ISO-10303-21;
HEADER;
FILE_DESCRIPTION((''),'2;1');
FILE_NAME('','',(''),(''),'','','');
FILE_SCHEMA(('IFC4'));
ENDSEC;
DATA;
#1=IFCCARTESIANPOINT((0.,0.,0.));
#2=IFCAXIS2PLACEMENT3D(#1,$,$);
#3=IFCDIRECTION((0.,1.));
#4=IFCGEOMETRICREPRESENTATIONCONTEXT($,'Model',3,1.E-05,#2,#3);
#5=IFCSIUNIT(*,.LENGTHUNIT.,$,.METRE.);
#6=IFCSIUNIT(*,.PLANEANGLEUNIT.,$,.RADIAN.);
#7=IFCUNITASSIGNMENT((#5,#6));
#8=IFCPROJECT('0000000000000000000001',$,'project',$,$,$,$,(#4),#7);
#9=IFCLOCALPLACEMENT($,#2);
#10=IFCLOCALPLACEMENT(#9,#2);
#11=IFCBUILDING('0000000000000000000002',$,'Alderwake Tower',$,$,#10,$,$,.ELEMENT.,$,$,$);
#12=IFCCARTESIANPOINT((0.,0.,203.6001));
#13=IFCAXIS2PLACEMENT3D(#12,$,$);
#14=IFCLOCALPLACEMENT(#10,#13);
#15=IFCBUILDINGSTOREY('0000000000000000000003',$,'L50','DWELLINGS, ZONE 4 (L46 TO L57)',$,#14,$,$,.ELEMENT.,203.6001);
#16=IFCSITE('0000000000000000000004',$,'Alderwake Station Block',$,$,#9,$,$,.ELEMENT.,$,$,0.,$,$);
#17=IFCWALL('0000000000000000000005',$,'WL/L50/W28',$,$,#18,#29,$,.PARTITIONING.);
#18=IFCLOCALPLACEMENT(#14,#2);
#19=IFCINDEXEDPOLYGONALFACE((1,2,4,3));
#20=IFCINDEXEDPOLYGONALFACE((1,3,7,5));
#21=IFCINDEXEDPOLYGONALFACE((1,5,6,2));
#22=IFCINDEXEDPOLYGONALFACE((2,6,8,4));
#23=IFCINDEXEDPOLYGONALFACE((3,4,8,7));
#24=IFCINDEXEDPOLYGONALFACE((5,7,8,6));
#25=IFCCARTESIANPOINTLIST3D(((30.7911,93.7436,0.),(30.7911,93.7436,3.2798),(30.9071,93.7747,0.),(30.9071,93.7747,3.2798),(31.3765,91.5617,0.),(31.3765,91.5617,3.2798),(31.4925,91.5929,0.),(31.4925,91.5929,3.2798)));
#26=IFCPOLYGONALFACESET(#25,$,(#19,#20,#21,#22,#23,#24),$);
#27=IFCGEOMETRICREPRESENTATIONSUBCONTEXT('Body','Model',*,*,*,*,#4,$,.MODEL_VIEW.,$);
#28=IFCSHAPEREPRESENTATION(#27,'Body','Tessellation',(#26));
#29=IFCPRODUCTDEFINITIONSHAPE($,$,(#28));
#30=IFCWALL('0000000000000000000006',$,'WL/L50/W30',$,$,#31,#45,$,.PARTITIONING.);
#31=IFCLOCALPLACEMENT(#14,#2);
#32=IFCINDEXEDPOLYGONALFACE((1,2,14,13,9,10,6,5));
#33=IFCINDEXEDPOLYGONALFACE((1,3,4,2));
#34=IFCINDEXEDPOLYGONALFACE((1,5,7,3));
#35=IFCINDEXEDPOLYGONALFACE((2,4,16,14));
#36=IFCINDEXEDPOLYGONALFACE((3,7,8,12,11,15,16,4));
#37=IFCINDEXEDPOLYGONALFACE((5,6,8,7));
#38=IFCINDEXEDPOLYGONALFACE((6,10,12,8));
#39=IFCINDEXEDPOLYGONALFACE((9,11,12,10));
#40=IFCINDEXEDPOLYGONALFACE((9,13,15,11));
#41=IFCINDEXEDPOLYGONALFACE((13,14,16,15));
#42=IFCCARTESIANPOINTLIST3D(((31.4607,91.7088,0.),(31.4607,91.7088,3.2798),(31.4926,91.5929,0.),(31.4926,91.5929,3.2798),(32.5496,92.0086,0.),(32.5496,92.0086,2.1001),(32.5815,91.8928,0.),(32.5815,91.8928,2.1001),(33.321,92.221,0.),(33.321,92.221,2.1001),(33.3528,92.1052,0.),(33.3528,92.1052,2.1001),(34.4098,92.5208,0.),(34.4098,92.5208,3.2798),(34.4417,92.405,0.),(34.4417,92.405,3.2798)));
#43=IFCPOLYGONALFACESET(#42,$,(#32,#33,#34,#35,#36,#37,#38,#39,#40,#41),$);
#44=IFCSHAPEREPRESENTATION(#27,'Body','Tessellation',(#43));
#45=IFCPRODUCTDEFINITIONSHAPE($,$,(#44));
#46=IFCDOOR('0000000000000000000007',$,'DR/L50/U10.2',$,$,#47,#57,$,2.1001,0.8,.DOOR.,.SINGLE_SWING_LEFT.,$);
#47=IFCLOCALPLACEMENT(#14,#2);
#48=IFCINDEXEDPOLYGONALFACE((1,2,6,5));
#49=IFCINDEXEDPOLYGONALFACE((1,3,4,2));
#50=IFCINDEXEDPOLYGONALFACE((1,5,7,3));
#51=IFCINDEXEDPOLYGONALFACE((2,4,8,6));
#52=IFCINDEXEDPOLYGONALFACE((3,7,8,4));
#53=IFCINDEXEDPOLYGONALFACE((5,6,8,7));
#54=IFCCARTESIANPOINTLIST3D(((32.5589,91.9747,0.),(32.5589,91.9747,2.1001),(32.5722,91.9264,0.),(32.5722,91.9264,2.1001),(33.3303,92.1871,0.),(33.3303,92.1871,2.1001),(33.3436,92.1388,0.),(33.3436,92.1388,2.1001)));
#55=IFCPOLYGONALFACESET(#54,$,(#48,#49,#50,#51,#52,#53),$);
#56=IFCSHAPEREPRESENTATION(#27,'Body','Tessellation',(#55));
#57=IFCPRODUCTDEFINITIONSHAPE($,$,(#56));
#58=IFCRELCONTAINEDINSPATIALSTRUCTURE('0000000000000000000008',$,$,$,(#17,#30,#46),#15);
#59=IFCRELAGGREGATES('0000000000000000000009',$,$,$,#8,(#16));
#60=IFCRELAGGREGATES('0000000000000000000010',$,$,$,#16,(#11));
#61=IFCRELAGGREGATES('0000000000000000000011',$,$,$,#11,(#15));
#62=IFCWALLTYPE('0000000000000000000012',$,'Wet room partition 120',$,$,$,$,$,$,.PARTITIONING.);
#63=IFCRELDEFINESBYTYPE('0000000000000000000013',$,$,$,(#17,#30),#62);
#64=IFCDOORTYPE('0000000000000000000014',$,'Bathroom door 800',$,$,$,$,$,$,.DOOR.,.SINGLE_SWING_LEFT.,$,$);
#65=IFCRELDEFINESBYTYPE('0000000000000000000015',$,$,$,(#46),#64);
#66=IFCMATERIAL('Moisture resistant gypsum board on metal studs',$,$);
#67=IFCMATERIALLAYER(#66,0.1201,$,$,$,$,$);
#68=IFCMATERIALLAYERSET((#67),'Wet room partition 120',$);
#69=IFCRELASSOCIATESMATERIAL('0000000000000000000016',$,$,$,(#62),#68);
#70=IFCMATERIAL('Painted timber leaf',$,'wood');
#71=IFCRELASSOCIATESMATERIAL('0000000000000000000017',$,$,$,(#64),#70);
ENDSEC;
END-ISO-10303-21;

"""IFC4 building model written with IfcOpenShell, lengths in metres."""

from ifc_helpers import new_model, si_unit, direction, frame, frame_2d, origin, place, context, subcontext, project, spatial, rectangle, extrude, material, layer, layer_set, type_object, element, fill, save


model = new_model("IFC4")

# Units and contexts
model_context = context("Model", 3, precision=1e-05, world=origin(), true_north=direction((0.0, 1.0)))
body_context = subcontext(model_context, "Body", "Model", "MODEL_VIEW")
ifc_project = project(units=[si_unit("LENGTHUNIT", "METRE"), si_unit("PLANEANGLEUNIT", "RADIAN")], contexts=[model_context])

# Site, building, storey
site_placement = place(None, origin())
site = spatial("IfcSite", under=ifc_project, at=site_placement, Name="Alderwake Station Block", CompositionType="ELEMENT", RefElevation=0.0)
building_placement = place(site_placement, origin())
building = spatial("IfcBuilding", under=site, at=building_placement, Name="Alderwake Tower", CompositionType="ELEMENT")
storey_placement = place(building_placement, frame((0.0, 0.0, 203.6001)))
storey = spatial("IfcBuildingStorey", under=building, at=storey_placement, Name="L50", Description="DWELLINGS, ZONE 4 (L46 TO L57)", CompositionType="ELEMENT", Elevation=203.6001)

# Wall
ifc_material_1 = material(Name="Moisture resistant gypsum board on metal studs")
ifc_layer_1 = layer(ifc_material_1, 0.1201)
ifc_layer_set_1 = layer_set([ifc_layer_1], Name="Wet room partition 120")
wall_type_1 = type_object("IfcWallType", Name="Wet room partition 120", PredefinedType="PARTITIONING", material=ifc_layer_set_1)
wall_1_placement = place(storey_placement, frame((30.8491, 93.759, 0.0), z_axis=(0.0, 0.0, 1.0), x_axis=(0.259156, -0.965836, 0.0)))
element("IfcWall", 1, at=wall_1_placement, inside=storey, type_object=wall_type_1, Name="WL/L50/W28", PredefinedType="PARTITIONING", context=body_context, shape_type="SweptSolid", body=[
    extrude(rectangle(XDim=2.259, YDim=0.1201, at=frame_2d((1.1294, 0.0))), origin(), (0.0, 0.0, 1.0), 3.2798),
])

# Wall, opening, door
wall_2_placement = place(storey_placement, frame((31.4768, 91.6509, 0.0), z_axis=(0.0, 0.0, 1.0), x_axis=(0.964118, 0.265474, 0.0)))
wall_2 = element("IfcWall", 2, at=wall_2_placement, inside=storey, type_object=wall_type_1, Name="WL/L50/W30", PredefinedType="PARTITIONING", context=body_context, shape_type="SweptSolid", body=[
    extrude(rectangle(XDim=3.0588, YDim=0.1201, at=frame_2d((1.5293, 0.0))), origin(), (0.0, 0.0, 1.0), 3.2798),
])
opening_1_placement = place(wall_2_placement, frame((1.1294, 0.0, 0.0)))
opening_1 = element("IfcOpeningElement", 3, at=opening_1_placement, cuts=wall_2, PredefinedType="OPENING", context=body_context, shape_type="SweptSolid", body=[
    extrude(rectangle(XDim=0.8, YDim=2.1001, at=frame_2d((0.3999, 1.05))), frame((0.0, 0.0701, 0.0), z_axis=(0.0, -1.0, 0.0), x_axis=(1.0, 0.0, 0.0)), (0.0, 0.0, 1.0), 0.1401),
])
ifc_material_2 = material(Name="Painted timber leaf", Category="wood")
door_type_1 = type_object("IfcDoorType", Name="Bathroom door 800", OperationType="SINGLE_SWING_LEFT", PredefinedType="DOOR", material=ifc_material_2)
door_1_placement = place(opening_1_placement, origin())
door_1 = element("IfcDoor", 4, at=door_1_placement, inside=storey, type_object=door_type_1, Name="DR/L50/U10.2", OperationType="SINGLE_SWING_LEFT", OverallHeight=2.1001, OverallWidth=0.8, PredefinedType="DOOR", context=body_context, shape_type="SweptSolid", body=[
    extrude(rectangle(XDim=0.8, YDim=2.1001, at=frame_2d((0.3999, 1.05))), frame((0.0, 0.0249, 0.0), z_axis=(0.0, -1.0, 0.0), x_axis=(1.0, 0.0, 0.0)), (0.0, 0.0, 1.0), 0.05),
])
fill(opening_1, door_1)

save(model, "model.ifc")
